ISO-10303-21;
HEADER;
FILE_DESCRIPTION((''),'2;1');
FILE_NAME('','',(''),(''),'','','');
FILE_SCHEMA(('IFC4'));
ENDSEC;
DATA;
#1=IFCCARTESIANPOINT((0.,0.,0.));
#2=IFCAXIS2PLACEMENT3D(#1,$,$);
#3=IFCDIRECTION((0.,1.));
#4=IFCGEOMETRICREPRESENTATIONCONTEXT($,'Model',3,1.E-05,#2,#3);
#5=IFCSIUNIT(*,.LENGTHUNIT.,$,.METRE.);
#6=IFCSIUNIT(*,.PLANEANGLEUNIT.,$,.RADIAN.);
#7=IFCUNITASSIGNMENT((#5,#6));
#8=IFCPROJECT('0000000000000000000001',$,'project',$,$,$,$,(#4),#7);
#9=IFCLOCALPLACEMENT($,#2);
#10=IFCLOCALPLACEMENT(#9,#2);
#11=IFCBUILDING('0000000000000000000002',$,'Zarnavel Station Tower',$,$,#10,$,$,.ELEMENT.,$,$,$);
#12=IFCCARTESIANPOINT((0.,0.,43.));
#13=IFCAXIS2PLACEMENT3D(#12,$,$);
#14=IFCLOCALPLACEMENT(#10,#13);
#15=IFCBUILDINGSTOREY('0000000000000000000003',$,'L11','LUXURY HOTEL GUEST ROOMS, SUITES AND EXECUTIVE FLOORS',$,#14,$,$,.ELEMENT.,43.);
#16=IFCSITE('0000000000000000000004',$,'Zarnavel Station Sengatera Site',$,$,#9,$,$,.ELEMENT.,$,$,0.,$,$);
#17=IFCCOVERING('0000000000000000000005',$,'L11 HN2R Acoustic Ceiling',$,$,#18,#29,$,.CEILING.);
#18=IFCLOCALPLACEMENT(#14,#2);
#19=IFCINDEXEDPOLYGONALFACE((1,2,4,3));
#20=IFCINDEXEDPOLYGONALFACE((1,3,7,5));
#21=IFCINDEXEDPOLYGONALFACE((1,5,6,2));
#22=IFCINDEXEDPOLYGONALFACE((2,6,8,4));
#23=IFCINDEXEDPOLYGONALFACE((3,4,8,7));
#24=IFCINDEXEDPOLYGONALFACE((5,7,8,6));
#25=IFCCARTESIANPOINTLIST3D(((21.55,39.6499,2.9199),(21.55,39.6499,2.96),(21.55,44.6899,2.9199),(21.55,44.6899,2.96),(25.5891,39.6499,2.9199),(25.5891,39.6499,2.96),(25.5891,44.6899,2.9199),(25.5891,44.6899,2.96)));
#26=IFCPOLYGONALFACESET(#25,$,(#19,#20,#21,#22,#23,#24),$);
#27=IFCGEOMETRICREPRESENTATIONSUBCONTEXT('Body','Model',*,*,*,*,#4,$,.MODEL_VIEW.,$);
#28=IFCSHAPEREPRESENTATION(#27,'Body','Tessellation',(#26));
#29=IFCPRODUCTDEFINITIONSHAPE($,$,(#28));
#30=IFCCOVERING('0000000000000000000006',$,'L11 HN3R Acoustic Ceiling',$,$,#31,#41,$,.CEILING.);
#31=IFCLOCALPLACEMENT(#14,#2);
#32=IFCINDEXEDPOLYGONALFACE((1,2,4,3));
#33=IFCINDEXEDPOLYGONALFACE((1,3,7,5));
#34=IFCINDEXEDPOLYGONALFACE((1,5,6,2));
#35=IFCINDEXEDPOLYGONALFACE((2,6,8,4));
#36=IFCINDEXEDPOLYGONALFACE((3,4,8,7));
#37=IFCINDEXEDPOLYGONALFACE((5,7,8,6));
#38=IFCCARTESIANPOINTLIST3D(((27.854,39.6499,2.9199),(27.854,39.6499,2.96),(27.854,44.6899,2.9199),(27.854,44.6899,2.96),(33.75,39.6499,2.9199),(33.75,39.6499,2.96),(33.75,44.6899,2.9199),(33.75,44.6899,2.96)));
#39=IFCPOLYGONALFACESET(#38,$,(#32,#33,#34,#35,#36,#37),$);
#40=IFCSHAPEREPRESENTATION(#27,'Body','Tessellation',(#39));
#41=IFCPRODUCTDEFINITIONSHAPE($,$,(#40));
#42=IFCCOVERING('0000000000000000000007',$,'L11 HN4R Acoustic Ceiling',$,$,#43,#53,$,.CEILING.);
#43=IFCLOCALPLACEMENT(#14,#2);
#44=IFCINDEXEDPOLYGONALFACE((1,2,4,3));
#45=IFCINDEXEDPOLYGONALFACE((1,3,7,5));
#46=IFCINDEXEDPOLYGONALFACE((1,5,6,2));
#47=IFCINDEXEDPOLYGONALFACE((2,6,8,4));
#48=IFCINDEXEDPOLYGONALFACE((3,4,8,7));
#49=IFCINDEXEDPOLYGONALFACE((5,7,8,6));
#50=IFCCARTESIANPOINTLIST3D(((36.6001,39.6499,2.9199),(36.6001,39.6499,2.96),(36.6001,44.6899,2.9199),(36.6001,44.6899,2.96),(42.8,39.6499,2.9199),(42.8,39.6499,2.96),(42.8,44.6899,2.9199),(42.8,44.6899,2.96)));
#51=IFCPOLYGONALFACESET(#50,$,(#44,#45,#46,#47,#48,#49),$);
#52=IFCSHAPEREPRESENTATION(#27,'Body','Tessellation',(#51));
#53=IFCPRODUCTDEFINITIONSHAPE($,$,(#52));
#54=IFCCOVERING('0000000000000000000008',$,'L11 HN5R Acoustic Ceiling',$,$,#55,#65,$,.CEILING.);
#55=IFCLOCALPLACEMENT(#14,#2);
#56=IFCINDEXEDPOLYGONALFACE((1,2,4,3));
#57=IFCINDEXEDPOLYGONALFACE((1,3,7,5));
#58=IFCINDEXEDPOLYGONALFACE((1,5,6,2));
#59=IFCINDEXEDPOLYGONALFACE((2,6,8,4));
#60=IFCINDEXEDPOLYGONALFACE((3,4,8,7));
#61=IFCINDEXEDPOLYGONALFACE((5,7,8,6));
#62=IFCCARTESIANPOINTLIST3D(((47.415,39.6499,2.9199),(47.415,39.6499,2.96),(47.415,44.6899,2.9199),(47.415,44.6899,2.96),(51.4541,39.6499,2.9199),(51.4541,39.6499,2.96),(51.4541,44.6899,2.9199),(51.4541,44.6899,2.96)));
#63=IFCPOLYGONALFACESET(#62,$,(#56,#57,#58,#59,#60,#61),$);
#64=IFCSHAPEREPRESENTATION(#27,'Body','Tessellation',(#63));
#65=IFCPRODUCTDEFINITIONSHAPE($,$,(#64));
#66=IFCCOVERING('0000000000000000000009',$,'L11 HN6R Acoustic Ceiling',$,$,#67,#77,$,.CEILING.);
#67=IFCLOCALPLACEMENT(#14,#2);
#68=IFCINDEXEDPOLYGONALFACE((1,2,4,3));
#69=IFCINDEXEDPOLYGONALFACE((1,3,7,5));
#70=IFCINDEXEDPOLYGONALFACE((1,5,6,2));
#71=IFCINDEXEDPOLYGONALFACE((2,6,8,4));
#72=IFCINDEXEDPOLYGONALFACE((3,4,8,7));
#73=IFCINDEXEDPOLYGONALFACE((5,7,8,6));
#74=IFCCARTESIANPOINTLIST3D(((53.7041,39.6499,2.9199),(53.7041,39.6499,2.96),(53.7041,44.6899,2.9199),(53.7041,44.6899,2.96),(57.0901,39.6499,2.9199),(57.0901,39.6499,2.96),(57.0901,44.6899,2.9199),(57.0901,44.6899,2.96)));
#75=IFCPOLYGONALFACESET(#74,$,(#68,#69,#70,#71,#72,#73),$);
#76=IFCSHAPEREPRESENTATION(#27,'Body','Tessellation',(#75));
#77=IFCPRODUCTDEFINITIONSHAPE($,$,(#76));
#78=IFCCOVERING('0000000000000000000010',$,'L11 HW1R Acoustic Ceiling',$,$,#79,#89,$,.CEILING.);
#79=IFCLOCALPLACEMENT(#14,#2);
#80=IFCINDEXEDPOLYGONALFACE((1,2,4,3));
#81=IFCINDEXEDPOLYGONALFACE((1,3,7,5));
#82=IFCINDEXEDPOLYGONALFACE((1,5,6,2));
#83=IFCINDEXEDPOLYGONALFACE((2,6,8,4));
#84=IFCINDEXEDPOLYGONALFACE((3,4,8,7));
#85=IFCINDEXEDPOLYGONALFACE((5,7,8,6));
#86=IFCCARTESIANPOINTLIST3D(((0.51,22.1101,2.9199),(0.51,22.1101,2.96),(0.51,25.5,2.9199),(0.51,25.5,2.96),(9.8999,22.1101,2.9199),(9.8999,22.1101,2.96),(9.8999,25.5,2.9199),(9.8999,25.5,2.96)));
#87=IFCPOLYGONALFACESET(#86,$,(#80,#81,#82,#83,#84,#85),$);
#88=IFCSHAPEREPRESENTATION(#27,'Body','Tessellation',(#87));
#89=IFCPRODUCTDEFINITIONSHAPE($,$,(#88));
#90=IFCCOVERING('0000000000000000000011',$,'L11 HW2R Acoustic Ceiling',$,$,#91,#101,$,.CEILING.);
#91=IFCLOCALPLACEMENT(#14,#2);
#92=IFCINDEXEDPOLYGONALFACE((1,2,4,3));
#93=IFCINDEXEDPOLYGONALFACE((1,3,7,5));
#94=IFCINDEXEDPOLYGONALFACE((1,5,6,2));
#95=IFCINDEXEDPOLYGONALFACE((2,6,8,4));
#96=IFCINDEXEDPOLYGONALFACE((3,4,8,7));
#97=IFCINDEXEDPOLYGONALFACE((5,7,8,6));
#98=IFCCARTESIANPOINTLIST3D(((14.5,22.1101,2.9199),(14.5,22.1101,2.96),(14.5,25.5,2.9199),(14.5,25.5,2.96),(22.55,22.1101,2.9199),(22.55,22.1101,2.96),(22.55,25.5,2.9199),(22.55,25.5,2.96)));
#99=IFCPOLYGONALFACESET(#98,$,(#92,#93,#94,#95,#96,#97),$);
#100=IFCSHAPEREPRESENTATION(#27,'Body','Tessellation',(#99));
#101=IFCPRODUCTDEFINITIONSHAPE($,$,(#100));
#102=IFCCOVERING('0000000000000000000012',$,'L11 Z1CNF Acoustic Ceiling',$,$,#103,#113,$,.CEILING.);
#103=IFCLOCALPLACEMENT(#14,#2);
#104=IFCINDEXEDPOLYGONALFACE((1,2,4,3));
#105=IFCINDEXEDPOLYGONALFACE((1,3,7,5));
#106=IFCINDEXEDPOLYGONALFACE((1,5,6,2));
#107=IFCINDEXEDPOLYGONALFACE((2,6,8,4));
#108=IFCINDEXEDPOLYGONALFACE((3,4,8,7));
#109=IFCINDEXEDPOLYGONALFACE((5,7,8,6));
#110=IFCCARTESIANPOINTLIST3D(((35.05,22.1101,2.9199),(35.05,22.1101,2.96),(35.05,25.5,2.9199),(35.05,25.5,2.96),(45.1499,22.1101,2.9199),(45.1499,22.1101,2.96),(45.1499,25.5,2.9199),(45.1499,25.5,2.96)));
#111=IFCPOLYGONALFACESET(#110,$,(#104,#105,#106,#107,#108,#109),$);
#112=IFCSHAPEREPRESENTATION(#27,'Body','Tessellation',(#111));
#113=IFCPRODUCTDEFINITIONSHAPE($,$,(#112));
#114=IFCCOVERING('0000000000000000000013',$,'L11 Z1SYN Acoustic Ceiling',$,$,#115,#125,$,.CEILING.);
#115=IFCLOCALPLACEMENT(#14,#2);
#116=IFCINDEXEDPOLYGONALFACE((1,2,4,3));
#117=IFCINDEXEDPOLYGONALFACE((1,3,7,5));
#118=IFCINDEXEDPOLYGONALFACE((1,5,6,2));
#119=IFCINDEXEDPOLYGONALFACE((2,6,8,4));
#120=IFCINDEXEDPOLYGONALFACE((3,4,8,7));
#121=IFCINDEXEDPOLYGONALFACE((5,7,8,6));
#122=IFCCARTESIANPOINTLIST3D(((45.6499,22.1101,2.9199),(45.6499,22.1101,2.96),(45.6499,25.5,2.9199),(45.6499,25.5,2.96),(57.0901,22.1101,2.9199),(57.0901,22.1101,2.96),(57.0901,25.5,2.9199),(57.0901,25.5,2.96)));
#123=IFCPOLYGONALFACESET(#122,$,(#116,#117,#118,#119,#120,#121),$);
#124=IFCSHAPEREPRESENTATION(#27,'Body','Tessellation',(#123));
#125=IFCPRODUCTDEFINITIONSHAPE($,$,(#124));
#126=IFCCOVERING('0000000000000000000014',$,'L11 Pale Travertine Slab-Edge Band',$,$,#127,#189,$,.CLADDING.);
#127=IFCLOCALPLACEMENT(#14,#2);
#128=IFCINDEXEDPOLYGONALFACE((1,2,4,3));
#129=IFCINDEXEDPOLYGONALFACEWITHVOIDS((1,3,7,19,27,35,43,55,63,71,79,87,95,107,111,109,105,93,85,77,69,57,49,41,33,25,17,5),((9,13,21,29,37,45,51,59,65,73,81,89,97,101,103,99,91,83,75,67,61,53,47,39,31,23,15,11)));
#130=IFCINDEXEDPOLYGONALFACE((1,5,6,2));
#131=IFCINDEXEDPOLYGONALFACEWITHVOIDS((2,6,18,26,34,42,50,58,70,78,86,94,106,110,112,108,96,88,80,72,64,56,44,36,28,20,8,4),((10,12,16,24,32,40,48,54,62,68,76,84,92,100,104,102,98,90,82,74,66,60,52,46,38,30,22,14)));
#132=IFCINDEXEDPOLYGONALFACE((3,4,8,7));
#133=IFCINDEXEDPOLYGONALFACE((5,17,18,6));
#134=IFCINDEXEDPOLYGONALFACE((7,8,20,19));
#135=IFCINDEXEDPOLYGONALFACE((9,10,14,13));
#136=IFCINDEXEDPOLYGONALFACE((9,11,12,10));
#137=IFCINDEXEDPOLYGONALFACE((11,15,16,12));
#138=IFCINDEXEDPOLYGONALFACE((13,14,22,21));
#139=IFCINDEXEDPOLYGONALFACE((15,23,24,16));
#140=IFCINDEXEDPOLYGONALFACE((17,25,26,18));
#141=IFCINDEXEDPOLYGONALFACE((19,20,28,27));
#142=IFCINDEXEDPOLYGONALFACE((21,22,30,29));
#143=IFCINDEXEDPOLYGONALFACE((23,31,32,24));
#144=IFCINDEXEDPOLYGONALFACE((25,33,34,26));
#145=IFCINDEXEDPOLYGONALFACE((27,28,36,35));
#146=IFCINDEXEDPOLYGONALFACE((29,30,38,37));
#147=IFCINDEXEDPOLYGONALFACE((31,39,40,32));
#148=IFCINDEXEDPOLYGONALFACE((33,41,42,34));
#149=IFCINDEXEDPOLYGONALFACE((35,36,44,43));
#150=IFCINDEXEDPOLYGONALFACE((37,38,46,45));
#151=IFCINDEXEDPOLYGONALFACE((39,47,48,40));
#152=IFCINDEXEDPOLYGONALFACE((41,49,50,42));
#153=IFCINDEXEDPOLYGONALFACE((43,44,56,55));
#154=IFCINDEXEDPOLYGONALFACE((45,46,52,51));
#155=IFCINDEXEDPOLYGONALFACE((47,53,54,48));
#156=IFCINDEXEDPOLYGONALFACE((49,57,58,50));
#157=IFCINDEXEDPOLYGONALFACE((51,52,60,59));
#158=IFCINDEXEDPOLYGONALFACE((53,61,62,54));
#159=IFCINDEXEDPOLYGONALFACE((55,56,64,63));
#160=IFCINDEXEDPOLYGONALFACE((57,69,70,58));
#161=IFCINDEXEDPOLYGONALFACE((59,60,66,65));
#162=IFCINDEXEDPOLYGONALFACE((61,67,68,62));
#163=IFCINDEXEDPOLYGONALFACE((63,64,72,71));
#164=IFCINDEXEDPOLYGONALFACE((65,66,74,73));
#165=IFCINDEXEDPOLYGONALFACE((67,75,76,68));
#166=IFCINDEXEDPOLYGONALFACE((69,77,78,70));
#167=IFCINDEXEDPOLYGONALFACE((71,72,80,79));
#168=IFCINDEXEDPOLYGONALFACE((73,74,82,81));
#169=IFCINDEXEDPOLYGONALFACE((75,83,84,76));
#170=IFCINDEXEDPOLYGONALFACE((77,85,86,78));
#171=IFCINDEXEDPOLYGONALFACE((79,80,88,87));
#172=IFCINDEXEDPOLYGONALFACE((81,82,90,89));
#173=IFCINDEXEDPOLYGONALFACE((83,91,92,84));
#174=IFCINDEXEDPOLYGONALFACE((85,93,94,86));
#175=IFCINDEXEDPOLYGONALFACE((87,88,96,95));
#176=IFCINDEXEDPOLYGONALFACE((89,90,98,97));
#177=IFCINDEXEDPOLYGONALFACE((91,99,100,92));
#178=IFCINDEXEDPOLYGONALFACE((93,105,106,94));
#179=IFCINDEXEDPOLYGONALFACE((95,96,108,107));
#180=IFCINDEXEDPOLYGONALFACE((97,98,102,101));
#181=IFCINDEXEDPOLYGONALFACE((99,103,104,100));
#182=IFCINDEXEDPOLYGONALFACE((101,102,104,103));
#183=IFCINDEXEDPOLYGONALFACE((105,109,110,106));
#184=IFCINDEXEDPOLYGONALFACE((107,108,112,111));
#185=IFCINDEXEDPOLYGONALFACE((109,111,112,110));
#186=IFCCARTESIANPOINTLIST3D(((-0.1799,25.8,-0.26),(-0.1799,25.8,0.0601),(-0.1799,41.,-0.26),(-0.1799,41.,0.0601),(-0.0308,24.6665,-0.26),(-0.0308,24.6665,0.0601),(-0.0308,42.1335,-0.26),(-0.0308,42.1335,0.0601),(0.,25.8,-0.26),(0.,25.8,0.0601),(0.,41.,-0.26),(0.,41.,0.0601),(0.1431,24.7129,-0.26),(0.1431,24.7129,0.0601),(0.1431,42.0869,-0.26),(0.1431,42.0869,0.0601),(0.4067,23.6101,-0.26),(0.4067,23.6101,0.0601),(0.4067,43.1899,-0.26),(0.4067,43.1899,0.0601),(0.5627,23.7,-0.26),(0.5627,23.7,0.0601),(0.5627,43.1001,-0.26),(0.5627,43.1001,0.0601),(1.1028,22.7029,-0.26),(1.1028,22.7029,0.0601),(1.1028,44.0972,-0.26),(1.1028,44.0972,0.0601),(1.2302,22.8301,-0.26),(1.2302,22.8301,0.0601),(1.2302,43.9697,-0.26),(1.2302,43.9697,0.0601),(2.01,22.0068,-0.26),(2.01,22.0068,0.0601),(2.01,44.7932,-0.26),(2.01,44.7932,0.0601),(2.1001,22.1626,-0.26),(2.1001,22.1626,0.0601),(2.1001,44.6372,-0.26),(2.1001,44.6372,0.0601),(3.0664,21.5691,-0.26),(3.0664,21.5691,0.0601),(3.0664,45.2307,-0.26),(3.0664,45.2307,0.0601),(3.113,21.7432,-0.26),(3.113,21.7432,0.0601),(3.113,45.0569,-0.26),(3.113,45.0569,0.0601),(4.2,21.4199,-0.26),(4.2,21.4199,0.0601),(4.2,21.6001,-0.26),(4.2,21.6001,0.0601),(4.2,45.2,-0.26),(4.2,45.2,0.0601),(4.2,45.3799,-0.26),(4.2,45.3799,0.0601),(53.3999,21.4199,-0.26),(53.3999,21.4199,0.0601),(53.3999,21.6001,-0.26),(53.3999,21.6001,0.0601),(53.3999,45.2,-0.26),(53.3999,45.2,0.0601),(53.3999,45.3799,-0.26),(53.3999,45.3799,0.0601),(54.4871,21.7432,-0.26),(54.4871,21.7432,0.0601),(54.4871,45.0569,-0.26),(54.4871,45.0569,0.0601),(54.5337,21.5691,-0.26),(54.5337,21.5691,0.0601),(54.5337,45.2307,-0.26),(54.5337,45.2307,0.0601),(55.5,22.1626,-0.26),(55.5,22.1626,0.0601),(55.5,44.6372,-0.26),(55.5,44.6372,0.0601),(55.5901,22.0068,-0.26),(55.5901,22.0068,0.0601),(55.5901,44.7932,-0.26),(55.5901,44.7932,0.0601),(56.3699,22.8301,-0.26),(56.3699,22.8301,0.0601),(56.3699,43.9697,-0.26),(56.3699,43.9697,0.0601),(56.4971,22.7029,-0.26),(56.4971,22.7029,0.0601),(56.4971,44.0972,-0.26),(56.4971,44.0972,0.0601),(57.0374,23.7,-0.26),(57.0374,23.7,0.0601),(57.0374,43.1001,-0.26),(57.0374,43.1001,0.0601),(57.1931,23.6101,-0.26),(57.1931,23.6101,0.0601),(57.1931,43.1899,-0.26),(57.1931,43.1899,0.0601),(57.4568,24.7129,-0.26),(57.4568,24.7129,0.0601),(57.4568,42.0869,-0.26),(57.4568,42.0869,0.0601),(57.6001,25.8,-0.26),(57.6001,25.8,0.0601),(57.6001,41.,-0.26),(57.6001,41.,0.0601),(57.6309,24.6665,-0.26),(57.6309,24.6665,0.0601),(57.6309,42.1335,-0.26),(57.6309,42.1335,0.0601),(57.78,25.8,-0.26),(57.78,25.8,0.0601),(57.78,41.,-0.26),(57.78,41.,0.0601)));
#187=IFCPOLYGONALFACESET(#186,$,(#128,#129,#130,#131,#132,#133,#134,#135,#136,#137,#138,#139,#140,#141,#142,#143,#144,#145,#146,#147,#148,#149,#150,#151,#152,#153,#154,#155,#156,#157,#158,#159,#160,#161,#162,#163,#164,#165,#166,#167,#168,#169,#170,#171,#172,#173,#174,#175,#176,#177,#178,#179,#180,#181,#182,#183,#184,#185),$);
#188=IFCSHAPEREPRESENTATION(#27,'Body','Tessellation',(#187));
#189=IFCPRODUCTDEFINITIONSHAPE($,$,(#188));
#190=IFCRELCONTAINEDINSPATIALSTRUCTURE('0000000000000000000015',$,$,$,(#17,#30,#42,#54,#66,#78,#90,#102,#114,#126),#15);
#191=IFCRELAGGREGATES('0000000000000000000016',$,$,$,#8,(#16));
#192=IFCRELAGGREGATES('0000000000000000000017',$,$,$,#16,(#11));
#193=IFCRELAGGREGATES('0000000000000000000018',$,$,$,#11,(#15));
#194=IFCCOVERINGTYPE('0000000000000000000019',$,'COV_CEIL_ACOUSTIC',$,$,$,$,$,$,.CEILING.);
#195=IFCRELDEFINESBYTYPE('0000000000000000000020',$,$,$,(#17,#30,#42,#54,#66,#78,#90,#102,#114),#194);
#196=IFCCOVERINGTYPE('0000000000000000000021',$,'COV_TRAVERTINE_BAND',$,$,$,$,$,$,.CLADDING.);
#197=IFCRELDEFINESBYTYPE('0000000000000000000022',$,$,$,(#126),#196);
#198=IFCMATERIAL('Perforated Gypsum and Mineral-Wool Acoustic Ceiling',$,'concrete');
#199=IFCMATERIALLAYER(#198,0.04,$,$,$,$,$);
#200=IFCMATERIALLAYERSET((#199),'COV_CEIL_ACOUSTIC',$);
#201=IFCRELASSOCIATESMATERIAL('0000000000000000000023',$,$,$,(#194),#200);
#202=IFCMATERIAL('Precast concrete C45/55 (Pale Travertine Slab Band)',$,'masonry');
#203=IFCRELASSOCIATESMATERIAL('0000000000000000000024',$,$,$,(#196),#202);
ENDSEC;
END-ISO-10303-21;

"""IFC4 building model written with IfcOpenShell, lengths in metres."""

from ifc_helpers import new_model, si_unit, direction, frame, origin, place, context, subcontext, project, spatial, polyline, outline, extrude, material, layer, layer_set, type_object, element, save


model = new_model("IFC4")

# Units and contexts
model_context = context("Model", 3, precision=1e-05, world=origin(), true_north=direction((0.0, 1.0)))
body_context = subcontext(model_context, "Body", "Model", "MODEL_VIEW")
ifc_project = project(units=[si_unit("LENGTHUNIT", "METRE"), si_unit("PLANEANGLEUNIT", "RADIAN")], contexts=[model_context])

# Site, building, storey
site_placement = place(None, origin())
site = spatial("IfcSite", under=ifc_project, at=site_placement, Name="Zarnavel Station Sengatera Site", CompositionType="ELEMENT", RefElevation=0.0)
building_placement = place(site_placement, origin())
building = spatial("IfcBuilding", under=site, at=building_placement, Name="Zarnavel Station Tower", CompositionType="ELEMENT")
storey_placement = place(building_placement, frame((0.0, 0.0, 43.0)))
storey = spatial("IfcBuildingStorey", under=building, at=storey_placement, Name="L11", Description="LUXURY HOTEL GUEST ROOMS, SUITES AND EXECUTIVE FLOORS", CompositionType="ELEMENT", Elevation=43.0)

# Coverings
ifc_material_1 = material(Name="Perforated Gypsum and Mineral-Wool Acoustic Ceiling", Category="concrete")
ifc_layer_1 = layer(ifc_material_1, 0.04)
ifc_layer_set_1 = layer_set([ifc_layer_1], Name="COV_CEIL_ACOUSTIC")
covering_type_1 = type_object("IfcCoveringType", Name="COV_CEIL_ACOUSTIC", PredefinedType="CEILING", material=ifc_layer_set_1)
covering_1_placement = place(storey_placement, frame((0.0, 0.0, 2.9199)))
element("IfcCovering", 1, at=covering_1_placement, inside=storey, type_object=covering_type_1, Name="L11 HN2R Acoustic Ceiling", PredefinedType="CEILING", context=body_context, shape_type="SweptSolid", body=[
    extrude(outline(polyline([(21.55, 39.6499), (25.5891, 39.6499), (25.5891, 44.6899), (21.55, 44.6899), (21.55, 39.6499)])), origin(), (0.0, 0.0, 1.0), 0.04),
])
covering_2_placement = place(storey_placement, frame((0.0, 0.0, 2.9199)))
element("IfcCovering", 2, at=covering_2_placement, inside=storey, type_object=covering_type_1, Name="L11 HN3R Acoustic Ceiling", PredefinedType="CEILING", context=body_context, shape_type="SweptSolid", body=[
    extrude(outline(polyline([(27.854, 39.6499), (33.75, 39.6499), (33.75, 44.6899), (27.854, 44.6899), (27.854, 39.6499)])), origin(), (0.0, 0.0, 1.0), 0.04),
])
covering_3_placement = place(storey_placement, frame((0.0, 0.0, 2.9199)))
element("IfcCovering", 3, at=covering_3_placement, inside=storey, type_object=covering_type_1, Name="L11 HN4R Acoustic Ceiling", PredefinedType="CEILING", context=body_context, shape_type="SweptSolid", body=[
    extrude(outline(polyline([(36.6001, 39.6499), (42.8, 39.6499), (42.8, 44.6899), (36.6001, 44.6899), (36.6001, 39.6499)])), origin(), (0.0, 0.0, 1.0), 0.04),
])
covering_4_placement = place(storey_placement, frame((0.0, 0.0, 2.9199)))
element("IfcCovering", 4, at=covering_4_placement, inside=storey, type_object=covering_type_1, Name="L11 HN5R Acoustic Ceiling", PredefinedType="CEILING", context=body_context, shape_type="SweptSolid", body=[
    extrude(outline(polyline([(47.415, 39.6499), (51.4541, 39.6499), (51.4541, 44.6899), (47.415, 44.6899), (47.415, 39.6499)])), origin(), (0.0, 0.0, 1.0), 0.04),
])
covering_5_placement = place(storey_placement, frame((0.0, 0.0, 2.9199)))
element("IfcCovering", 5, at=covering_5_placement, inside=storey, type_object=covering_type_1, Name="L11 HN6R Acoustic Ceiling", PredefinedType="CEILING", context=body_context, shape_type="SweptSolid", body=[
    extrude(outline(polyline([(53.7041, 39.6499), (57.0901, 39.6499), (57.0901, 44.6899), (53.7041, 44.6899), (53.7041, 39.6499)])), origin(), (0.0, 0.0, 1.0), 0.04),
])
covering_6_placement = place(storey_placement, frame((0.0, 0.0, 2.9199)))
element("IfcCovering", 6, at=covering_6_placement, inside=storey, type_object=covering_type_1, Name="L11 HW1R Acoustic Ceiling", PredefinedType="CEILING", context=body_context, shape_type="SweptSolid", body=[
    extrude(outline(polyline([(0.51, 22.1101), (9.8999, 22.1101), (9.8999, 25.5), (0.51, 25.5), (0.51, 22.1101)])), origin(), (0.0, 0.0, 1.0), 0.04),
])
covering_7_placement = place(storey_placement, frame((0.0, 0.0, 2.9199)))
element("IfcCovering", 7, at=covering_7_placement, inside=storey, type_object=covering_type_1, Name="L11 HW2R Acoustic Ceiling", PredefinedType="CEILING", context=body_context, shape_type="SweptSolid", body=[
    extrude(outline(polyline([(14.5, 22.1101), (22.55, 22.1101), (22.55, 25.5), (14.5, 25.5), (14.5, 22.1101)])), origin(), (0.0, 0.0, 1.0), 0.04),
])
covering_8_placement = place(storey_placement, frame((0.0, 0.0, 2.9199)))
element("IfcCovering", 8, at=covering_8_placement, inside=storey, type_object=covering_type_1, Name="L11 Z1CNF Acoustic Ceiling", PredefinedType="CEILING", context=body_context, shape_type="SweptSolid", body=[
    extrude(outline(polyline([(35.05, 22.1101), (45.1499, 22.1101), (45.1499, 25.5), (35.05, 25.5), (35.05, 22.1101)])), origin(), (0.0, 0.0, 1.0), 0.04),
])
covering_9_placement = place(storey_placement, frame((0.0, 0.0, 2.9199)))
element("IfcCovering", 9, at=covering_9_placement, inside=storey, type_object=covering_type_1, Name="L11 Z1SYN Acoustic Ceiling", PredefinedType="CEILING", context=body_context, shape_type="SweptSolid", body=[
    extrude(outline(polyline([(45.6499, 22.1101), (57.0901, 22.1101), (57.0901, 25.5), (45.6499, 25.5), (45.6499, 22.1101)])), origin(), (0.0, 0.0, 1.0), 0.04),
])
ifc_material_2 = material(Name="Precast concrete C45/55 (Pale Travertine Slab Band)", Category="masonry")
covering_type_2 = type_object("IfcCoveringType", Name="COV_TRAVERTINE_BAND", PredefinedType="CLADDING", material=ifc_material_2)
covering_10_placement = place(storey_placement, frame((0.0, 0.0, -0.26)))
element("IfcCovering", 10, at=covering_10_placement, inside=storey, type_object=covering_type_2, Name="L11 Pale Travertine Slab-Edge Band", PredefinedType="CLADDING", context=body_context, shape_type="SweptSolid", body=[
    extrude(outline(polyline([(53.3999, 21.4199), (54.5337, 21.5691), (55.5901, 22.0068), (56.4971, 22.7029), (57.1931, 23.6101), (57.6309, 24.6665), (57.78, 25.8), (57.78, 41.0), (57.6309, 42.1335), (57.1931, 43.1899), (56.4971, 44.0972), (55.5901, 44.7932), (54.5337, 45.2307), (53.3999, 45.3799), (4.2, 45.3799), (3.0664, 45.2307), (2.01, 44.7932), (1.1028, 44.0972), (0.4067, 43.1899), (-0.0308, 42.1335), (-0.1799, 41.0), (-0.1799, 25.8), (-0.0308, 24.6665), (0.4067, 23.6101), (1.1028, 22.7029), (2.01, 22.0068), (3.0664, 21.5691), (4.2, 21.4199), (53.3999, 21.4199)]), holes=[polyline([(53.3999, 21.6001), (54.4871, 21.7432), (55.5, 22.1626), (56.3699, 22.8301), (57.0374, 23.7), (57.4568, 24.7129), (57.6001, 25.8), (57.6001, 41.0), (57.4568, 42.0869), (57.0374, 43.1001), (56.3699, 43.9697), (55.5, 44.6372), (54.4871, 45.0569), (53.3999, 45.2), (4.2, 45.2), (3.113, 45.0569), (2.1001, 44.6372), (1.2302, 43.9697), (0.5627, 43.1001), (0.1431, 42.0869), (0.0, 41.0), (0.0, 25.8), (0.1431, 24.7129), (0.5627, 23.7), (1.2302, 22.8301), (2.1001, 22.1626), (3.113, 21.7432), (4.2, 21.6001), (53.3999, 21.6001)])]), origin(), (0.0, 0.0, 1.0), 0.3201),
])

save(model, "model.ifc")
